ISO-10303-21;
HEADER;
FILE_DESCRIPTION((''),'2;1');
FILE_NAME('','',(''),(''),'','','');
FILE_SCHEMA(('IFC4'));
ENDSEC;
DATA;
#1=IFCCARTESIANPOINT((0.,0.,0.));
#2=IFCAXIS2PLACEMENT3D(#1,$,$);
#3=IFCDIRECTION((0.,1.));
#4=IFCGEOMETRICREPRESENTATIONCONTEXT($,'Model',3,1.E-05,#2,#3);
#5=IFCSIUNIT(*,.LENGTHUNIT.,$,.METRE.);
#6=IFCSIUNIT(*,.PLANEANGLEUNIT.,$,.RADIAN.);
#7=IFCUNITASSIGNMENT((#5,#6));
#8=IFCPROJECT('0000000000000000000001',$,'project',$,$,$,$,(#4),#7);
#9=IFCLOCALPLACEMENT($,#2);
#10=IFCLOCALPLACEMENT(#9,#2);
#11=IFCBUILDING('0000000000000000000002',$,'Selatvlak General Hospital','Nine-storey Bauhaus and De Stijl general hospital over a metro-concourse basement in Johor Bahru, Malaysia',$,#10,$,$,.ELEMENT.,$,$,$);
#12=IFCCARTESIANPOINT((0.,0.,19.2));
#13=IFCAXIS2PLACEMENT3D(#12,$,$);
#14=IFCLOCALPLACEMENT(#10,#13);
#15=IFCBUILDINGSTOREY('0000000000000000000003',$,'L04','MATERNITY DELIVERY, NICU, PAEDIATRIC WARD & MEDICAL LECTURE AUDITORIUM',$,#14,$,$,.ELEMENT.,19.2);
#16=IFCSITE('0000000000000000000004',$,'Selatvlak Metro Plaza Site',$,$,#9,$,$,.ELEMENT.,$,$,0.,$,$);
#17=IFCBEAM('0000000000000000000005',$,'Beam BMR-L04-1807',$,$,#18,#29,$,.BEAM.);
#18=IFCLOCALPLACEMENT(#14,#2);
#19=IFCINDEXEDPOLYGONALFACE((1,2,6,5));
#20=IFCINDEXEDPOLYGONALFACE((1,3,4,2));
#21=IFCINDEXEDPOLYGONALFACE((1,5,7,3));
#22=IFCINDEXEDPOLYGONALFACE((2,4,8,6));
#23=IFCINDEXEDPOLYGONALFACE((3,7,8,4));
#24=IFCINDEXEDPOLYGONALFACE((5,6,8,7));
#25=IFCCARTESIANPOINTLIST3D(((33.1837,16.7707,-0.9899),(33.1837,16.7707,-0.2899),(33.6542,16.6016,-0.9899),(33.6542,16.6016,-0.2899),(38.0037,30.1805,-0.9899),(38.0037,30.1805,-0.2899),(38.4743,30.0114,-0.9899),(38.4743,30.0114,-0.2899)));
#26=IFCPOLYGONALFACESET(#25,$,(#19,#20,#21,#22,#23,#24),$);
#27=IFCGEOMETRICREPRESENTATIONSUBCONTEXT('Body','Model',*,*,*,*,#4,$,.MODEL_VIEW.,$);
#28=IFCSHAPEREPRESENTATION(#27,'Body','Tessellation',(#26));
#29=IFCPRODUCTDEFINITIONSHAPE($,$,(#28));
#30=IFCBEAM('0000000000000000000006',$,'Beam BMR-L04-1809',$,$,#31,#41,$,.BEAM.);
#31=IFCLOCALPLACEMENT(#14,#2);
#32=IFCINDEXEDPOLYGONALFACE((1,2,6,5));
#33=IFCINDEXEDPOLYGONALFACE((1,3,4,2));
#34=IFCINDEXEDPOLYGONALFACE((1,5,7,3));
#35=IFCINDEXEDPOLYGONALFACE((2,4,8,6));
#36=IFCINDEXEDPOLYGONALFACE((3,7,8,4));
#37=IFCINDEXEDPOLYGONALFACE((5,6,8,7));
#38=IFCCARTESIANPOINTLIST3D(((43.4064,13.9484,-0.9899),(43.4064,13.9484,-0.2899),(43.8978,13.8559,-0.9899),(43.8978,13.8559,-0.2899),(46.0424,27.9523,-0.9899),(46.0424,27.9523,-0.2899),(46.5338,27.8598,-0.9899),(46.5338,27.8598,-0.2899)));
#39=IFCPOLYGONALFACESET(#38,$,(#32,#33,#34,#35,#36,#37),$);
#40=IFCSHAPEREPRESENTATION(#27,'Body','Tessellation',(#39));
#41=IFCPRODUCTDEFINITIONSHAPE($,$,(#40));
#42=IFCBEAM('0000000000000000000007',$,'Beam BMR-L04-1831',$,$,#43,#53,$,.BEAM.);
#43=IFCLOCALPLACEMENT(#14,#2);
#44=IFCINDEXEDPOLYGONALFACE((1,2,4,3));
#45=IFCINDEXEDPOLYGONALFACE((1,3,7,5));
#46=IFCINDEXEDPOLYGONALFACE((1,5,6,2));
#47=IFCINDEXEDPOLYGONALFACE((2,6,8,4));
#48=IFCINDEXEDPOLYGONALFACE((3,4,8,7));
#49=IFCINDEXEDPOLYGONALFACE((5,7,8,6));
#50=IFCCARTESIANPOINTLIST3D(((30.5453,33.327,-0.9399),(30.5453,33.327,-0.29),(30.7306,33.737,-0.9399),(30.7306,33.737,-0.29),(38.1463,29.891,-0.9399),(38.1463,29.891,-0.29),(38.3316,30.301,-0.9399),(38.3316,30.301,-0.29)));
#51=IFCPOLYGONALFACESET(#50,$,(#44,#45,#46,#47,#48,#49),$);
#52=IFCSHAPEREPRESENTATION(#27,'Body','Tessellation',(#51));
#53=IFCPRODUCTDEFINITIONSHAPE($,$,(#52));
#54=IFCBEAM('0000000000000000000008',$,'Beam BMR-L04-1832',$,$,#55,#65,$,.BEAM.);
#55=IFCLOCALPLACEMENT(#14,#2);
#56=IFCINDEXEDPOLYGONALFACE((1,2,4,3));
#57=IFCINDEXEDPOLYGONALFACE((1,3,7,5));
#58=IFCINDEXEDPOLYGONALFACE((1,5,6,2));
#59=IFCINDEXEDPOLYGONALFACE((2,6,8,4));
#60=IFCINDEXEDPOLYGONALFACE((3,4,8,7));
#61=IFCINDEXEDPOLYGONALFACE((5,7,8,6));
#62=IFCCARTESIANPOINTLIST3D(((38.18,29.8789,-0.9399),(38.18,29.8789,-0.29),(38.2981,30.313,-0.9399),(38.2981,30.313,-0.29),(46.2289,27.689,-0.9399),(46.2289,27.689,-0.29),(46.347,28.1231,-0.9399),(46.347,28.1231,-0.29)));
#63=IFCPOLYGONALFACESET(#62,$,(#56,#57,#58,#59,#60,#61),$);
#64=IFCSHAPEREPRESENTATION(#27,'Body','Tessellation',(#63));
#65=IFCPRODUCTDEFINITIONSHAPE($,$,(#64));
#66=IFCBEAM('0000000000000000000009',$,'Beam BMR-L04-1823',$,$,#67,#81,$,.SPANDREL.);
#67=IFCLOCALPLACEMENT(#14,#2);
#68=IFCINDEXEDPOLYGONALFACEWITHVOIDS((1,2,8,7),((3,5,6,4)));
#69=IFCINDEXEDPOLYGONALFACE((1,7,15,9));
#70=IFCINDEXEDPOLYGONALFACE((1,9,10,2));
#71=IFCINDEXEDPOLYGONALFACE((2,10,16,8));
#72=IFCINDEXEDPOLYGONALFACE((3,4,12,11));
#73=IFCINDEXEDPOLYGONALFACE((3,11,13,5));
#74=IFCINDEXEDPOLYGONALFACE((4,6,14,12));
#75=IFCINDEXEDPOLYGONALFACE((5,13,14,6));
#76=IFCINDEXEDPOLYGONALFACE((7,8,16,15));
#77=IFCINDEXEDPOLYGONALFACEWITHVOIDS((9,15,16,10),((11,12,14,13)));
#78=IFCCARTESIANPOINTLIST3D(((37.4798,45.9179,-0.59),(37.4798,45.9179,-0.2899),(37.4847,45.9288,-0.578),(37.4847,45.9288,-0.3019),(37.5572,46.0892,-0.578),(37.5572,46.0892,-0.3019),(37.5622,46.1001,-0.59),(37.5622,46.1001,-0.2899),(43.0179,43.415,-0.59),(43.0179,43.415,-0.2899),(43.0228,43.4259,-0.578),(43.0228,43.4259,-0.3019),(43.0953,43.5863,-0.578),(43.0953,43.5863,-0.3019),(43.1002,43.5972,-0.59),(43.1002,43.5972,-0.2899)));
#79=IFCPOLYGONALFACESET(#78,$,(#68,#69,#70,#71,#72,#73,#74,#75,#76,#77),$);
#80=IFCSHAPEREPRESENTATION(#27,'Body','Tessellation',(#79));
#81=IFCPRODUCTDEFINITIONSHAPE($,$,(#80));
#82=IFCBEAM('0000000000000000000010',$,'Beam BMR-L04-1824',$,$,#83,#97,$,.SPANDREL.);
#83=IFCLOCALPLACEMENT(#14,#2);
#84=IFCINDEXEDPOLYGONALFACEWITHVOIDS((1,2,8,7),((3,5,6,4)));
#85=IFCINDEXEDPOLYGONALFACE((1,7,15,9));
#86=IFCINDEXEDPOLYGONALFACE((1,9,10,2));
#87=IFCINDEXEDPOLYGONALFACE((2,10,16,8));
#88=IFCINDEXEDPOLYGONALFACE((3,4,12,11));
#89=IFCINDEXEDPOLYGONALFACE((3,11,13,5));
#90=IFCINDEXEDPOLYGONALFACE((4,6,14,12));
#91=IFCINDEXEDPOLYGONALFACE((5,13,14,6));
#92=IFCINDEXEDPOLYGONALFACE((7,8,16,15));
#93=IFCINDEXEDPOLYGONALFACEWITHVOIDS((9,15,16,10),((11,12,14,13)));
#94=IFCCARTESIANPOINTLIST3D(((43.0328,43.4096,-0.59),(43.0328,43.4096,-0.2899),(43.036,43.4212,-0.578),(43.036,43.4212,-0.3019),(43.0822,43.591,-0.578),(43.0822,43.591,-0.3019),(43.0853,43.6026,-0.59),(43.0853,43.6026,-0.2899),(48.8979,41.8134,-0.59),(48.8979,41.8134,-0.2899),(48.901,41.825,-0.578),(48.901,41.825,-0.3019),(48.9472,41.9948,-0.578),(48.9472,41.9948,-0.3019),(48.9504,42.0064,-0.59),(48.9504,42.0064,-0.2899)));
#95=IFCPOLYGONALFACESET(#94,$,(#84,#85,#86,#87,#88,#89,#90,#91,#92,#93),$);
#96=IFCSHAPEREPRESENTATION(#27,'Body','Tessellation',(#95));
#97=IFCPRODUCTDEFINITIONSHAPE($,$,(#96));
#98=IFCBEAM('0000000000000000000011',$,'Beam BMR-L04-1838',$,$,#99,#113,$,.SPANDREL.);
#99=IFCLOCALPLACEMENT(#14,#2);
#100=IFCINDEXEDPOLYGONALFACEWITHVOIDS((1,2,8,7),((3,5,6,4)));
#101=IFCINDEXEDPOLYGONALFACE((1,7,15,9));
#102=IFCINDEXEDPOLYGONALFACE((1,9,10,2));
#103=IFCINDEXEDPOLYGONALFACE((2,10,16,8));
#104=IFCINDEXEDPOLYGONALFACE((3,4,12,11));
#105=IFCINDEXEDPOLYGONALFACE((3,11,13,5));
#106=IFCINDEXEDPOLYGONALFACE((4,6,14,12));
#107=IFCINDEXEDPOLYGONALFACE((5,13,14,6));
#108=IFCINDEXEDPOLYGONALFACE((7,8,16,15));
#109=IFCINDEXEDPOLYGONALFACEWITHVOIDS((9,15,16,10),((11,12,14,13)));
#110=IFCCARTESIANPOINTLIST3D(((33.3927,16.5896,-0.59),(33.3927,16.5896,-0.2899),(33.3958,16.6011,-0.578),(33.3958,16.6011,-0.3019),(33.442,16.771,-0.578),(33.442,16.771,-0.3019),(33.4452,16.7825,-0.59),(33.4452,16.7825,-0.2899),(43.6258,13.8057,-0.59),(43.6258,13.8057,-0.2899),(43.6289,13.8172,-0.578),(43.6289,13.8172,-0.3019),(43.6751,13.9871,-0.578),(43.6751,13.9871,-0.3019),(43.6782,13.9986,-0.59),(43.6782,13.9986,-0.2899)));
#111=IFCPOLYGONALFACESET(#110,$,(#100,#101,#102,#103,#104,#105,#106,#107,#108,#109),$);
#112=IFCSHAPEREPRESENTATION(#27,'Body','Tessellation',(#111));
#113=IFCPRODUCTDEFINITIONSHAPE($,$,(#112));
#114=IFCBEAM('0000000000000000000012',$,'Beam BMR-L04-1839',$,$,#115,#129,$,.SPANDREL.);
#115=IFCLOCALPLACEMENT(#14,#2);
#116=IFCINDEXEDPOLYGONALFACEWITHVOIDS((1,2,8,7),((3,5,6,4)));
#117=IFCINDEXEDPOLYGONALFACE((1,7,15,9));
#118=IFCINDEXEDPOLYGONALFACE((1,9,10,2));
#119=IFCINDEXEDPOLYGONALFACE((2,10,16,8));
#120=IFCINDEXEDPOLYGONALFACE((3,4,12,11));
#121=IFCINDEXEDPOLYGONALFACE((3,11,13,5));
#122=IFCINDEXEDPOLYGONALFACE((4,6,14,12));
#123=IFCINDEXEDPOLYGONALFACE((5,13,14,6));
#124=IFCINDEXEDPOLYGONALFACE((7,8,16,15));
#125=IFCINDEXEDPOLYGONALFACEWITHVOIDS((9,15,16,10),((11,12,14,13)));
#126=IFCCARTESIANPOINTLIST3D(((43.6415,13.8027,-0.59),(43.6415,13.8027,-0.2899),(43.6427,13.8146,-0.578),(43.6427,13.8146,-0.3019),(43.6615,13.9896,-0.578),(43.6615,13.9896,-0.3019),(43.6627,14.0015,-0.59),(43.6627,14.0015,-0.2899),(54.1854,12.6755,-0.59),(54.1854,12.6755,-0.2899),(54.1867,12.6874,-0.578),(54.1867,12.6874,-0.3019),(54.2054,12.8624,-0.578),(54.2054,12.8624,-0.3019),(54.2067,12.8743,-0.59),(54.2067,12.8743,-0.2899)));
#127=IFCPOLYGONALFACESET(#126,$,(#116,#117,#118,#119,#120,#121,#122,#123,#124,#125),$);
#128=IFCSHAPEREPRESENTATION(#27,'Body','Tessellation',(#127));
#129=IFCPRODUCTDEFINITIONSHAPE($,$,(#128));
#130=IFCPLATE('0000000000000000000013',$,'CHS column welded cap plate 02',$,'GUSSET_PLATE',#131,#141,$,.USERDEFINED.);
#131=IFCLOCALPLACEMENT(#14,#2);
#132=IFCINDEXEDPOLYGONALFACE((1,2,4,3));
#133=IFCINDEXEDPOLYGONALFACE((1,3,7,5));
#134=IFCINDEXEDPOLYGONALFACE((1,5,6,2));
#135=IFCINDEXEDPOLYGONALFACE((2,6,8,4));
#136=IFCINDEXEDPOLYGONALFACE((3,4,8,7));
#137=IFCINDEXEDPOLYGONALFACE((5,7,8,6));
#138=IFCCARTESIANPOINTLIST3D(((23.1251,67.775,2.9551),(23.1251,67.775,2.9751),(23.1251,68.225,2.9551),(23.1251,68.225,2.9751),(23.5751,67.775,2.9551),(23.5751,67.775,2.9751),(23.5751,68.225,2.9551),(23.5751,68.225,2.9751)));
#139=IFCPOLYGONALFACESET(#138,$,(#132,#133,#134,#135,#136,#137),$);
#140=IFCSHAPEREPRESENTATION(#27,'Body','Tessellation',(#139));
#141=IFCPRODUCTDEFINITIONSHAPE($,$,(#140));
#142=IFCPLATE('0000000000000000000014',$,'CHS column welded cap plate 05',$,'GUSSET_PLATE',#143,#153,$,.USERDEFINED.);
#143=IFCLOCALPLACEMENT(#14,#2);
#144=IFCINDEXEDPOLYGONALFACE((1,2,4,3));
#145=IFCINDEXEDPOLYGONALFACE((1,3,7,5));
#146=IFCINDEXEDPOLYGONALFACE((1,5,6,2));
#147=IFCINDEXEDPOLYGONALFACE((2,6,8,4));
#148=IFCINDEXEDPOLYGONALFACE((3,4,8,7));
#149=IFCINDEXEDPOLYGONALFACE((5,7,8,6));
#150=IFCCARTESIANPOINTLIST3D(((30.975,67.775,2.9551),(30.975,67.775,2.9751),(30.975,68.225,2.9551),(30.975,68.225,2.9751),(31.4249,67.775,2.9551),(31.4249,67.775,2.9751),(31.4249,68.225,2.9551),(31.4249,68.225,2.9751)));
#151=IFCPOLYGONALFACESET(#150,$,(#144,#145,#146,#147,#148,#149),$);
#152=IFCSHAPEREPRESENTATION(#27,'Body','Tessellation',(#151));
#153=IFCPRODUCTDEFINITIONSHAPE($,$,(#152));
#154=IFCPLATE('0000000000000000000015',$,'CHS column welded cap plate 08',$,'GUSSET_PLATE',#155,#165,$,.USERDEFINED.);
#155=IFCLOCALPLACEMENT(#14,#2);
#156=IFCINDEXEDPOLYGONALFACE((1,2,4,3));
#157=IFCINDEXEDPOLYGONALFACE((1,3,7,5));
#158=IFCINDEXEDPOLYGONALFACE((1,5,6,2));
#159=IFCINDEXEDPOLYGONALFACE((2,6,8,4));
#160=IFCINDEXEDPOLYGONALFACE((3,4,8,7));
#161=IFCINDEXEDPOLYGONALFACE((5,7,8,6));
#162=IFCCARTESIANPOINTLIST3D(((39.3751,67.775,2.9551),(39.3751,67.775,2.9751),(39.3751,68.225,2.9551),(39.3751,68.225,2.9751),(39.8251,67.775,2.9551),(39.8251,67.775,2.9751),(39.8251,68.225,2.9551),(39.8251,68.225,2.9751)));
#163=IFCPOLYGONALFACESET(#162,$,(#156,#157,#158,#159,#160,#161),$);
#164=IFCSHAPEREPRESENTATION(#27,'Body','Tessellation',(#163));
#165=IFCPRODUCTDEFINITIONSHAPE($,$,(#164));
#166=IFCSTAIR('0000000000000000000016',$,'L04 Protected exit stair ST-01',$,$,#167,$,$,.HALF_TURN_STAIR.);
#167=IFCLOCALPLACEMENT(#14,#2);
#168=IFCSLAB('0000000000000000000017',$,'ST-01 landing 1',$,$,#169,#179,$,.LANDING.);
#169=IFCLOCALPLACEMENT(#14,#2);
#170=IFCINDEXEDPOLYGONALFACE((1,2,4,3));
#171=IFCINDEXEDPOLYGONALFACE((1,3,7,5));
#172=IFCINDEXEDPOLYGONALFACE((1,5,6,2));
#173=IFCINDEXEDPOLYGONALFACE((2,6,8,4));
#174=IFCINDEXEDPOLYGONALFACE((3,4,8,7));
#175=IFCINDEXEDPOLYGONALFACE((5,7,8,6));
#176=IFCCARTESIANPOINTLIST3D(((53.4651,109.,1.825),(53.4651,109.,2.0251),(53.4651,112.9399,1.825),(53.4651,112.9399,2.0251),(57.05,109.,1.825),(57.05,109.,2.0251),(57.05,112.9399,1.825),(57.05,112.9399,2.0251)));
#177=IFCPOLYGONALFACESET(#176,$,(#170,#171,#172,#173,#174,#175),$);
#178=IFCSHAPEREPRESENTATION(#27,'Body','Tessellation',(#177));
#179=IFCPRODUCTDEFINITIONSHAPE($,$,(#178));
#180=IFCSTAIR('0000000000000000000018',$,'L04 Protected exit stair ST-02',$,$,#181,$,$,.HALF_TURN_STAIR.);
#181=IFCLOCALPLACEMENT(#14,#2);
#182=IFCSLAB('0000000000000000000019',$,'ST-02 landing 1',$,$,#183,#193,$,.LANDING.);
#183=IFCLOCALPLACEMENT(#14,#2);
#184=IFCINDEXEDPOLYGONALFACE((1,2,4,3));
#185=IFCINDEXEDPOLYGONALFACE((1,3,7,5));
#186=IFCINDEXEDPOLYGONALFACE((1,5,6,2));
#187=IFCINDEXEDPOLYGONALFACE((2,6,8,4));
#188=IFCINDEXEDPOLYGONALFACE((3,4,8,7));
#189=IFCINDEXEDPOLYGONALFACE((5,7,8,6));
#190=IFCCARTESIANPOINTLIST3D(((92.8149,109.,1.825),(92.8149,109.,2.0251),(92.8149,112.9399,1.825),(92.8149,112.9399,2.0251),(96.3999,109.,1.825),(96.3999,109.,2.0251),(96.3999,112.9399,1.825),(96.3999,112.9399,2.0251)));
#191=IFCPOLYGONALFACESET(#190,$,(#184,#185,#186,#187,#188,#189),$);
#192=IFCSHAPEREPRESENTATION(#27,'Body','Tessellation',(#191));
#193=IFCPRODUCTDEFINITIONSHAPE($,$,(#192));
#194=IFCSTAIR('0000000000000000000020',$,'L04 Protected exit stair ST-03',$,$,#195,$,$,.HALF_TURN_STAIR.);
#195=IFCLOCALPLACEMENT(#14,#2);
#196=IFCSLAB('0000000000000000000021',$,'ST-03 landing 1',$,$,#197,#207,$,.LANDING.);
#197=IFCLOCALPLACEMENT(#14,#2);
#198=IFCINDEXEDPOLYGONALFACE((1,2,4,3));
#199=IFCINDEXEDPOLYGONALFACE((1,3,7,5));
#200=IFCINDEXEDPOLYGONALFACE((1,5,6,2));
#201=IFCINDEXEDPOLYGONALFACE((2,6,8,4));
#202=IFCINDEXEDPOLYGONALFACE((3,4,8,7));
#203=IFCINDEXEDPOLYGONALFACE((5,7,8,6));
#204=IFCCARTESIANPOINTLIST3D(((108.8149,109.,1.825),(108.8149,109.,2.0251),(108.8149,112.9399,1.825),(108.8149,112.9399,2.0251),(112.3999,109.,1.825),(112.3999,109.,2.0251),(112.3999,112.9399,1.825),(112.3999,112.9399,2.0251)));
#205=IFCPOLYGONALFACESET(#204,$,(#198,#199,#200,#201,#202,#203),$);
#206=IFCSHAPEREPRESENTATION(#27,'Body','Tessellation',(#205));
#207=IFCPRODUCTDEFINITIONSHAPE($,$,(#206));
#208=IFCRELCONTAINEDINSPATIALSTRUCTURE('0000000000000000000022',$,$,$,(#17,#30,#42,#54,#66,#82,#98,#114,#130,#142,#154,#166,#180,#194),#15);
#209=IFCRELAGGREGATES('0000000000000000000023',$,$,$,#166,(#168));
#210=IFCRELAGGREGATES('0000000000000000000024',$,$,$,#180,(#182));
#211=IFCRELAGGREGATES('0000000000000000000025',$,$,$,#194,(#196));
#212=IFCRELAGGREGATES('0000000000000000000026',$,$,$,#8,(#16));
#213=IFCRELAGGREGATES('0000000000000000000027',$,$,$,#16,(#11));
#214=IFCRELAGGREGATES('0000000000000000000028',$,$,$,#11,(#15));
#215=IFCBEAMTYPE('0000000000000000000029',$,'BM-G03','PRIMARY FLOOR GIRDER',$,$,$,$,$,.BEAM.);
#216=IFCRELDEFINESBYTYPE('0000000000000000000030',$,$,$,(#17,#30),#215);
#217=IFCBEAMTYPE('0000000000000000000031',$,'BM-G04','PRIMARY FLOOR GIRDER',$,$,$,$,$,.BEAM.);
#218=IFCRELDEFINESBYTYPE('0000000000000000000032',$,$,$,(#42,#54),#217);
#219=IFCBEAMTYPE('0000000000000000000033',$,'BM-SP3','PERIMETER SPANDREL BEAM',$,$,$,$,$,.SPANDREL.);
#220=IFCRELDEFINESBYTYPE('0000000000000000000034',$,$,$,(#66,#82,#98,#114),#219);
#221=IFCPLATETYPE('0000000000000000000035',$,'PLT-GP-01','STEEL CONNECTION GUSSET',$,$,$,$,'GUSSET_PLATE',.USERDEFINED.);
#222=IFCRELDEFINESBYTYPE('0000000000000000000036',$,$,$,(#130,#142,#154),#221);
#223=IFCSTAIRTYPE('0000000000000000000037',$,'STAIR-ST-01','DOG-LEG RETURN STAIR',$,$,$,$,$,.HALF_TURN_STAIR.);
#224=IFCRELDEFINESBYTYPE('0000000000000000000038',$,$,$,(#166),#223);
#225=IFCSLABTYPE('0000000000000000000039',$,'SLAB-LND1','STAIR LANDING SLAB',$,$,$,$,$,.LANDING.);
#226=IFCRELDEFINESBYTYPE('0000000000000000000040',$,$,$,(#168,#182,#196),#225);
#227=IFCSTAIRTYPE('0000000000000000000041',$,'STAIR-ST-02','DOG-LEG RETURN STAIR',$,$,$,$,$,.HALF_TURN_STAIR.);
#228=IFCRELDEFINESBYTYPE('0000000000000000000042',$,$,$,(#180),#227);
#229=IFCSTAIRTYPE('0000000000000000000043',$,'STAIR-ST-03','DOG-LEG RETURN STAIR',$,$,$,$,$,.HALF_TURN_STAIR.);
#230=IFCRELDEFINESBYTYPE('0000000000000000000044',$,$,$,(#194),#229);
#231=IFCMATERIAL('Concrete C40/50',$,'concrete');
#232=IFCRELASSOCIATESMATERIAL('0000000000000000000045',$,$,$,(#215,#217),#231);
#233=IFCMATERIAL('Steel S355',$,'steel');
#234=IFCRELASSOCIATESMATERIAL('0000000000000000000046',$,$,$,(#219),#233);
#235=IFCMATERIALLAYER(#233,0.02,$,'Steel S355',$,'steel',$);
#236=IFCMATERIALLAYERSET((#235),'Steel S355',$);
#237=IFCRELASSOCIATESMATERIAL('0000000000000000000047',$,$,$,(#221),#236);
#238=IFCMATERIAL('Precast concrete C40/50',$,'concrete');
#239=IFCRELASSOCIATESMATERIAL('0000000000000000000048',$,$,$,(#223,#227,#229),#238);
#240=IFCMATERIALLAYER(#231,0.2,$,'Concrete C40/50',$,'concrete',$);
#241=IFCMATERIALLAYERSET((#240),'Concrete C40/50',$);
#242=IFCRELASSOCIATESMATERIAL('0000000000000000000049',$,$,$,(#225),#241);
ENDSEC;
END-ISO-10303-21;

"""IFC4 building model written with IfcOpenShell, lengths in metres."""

from ifc_helpers import new_model, si_unit, direction, frame, origin, origin_2d, place, context, subcontext, project, spatial, polyline, rectangle, hollow_rectangle, outline, extrude, material, layer, layer_set, material_profile, profile_set, type_object, element, aggregate, save


model = new_model("IFC4")

# Units and contexts
model_context = context("Model", 3, precision=1e-05, world=origin(), true_north=direction((0.0, 1.0)))
body_context = subcontext(model_context, "Body", "Model", "MODEL_VIEW")
ifc_project = project(units=[si_unit("LENGTHUNIT", "METRE"), si_unit("PLANEANGLEUNIT", "RADIAN")], contexts=[model_context])

# Site, building, storey
site_placement = place(None, origin())
site = spatial("IfcSite", under=ifc_project, at=site_placement, Name="Selatvlak Metro Plaza Site", CompositionType="ELEMENT", RefElevation=0.0)
building_placement = place(site_placement, origin())
building = spatial("IfcBuilding", under=site, at=building_placement, Name="Selatvlak General Hospital", Description="Nine-storey Bauhaus and De Stijl general hospital over a metro-concourse basement in Johor Bahru, Malaysia", CompositionType="ELEMENT")
storey_placement = place(building_placement, frame((0.0, 0.0, 19.2)))
storey = spatial("IfcBuildingStorey", under=building, at=storey_placement, Name="L04", Description="MATERNITY DELIVERY, NICU, PAEDIATRIC WARD & MEDICAL LECTURE AUDITORIUM", CompositionType="ELEMENT", Elevation=19.2)

# Shared definitions
ifc_material_1 = material(Name="Steel S355", Category="steel")

# Beams
ifc_material_2 = material(Name="Concrete C40/50", Category="concrete")
ifc_material_profile_1 = material_profile(ifc_material_2, rectangle(XDim=0.5, YDim=0.7, at=origin_2d()), Name="RC-BM 500x700")
ifc_profile_set_1 = profile_set([ifc_material_profile_1], Name="Concrete C40/50")
beam_type_1 = type_object("IfcBeamType", Name="BM-G03", Description="PRIMARY FLOOR GIRDER", PredefinedType="BEAM", material=ifc_profile_set_1)
for number, where, z_axis, x_axis, name in (
    (1, (38.239, 30.0959, -0.6399), (-0.338253, -0.941055, 0.0), (0.941055, -0.338253, 0.0), "Beam BMR-L04-1807"),
    (2, (46.2881, 27.906, -0.6399), (-0.184984, -0.982742, 0.0), (0.982742, -0.184984, 0.0), "Beam BMR-L04-1809"),
):
    element("IfcBeam", number, at=place(storey_placement, frame(where, z_axis=z_axis, x_axis=x_axis)), inside=storey, type_object=beam_type_1, Name=name, PredefinedType="BEAM", context=body_context, shape_type="SweptSolid", body=[
        extrude(rectangle(XDim=0.5, YDim=0.7, at=origin_2d()), origin(), (0.0, 0.0, 1.0), 14.2498),
    ])
ifc_material_profile_2 = material_profile(ifc_material_2, rectangle(XDim=0.45, YDim=0.6499, at=origin_2d()), Name="RC-BM 450x650")
ifc_profile_set_2 = profile_set([ifc_material_profile_2], Name="Concrete C40/50")
beam_type_2 = type_object("IfcBeamType", Name="BM-G04", Description="PRIMARY FLOOR GIRDER", PredefinedType="BEAM", material=ifc_profile_set_2)
for number, where, z_axis, x_axis, name in (
    (3, (30.6379, 33.532, -0.615), (0.911223, -0.411914, 0.0), (0.411914, 0.911223, 0.0), "Beam BMR-L04-1831"),
    (4, (38.239, 30.0959, -0.615), (0.964924, -0.26253, 0.0), (0.26253, 0.964924, 0.0), "Beam BMR-L04-1832"),
):
    element("IfcBeam", number, at=place(storey_placement, frame(where, z_axis=z_axis, x_axis=x_axis)), inside=storey, type_object=beam_type_2, Name=name, PredefinedType="BEAM", context=body_context, shape_type="SweptSolid", body=[
        extrude(rectangle(XDim=0.45, YDim=0.6499, at=origin_2d()), origin(), (0.0, 0.0, 1.0), 8.3416),
    ])
ifc_material_profile_3 = material_profile(ifc_material_1, hollow_rectangle(XDim=0.2, YDim=0.3, WallThickness=0.012, at=origin_2d()), Name="RHS 300x200x12")
ifc_profile_set_3 = profile_set([ifc_material_profile_3], Name="Steel S355")
beam_type_3 = type_object("IfcBeamType", Name="BM-SP3", Description="PERIMETER SPANDREL BEAM", PredefinedType="SPANDREL", material=ifc_profile_set_3)
beam_1_placement = place(storey_placement, frame((37.521, 46.009, -0.4399), z_axis=(0.911256, -0.411841, 0.0), x_axis=(0.411841, 0.911256, 0.0)))
element("IfcBeam", 5, at=beam_1_placement, inside=storey, type_object=beam_type_3, Name="Beam BMR-L04-1823", PredefinedType="SPANDREL", context=body_context, shape_type="SweptSolid", body=[
    extrude(hollow_rectangle(XDim=0.2, YDim=0.3, WallThickness=0.012, at=origin_2d()), origin(), (0.0, 0.0, 1.0), 6.0774),
])
beam_2_placement = place(storey_placement, frame((43.0591, 43.5061, -0.4399), z_axis=(0.964904, -0.262604, 0.0), x_axis=(0.262604, 0.964904, 0.0)))
element("IfcBeam", 6, at=beam_2_placement, inside=storey, type_object=beam_type_3, Name="Beam BMR-L04-1824", PredefinedType="SPANDREL", context=body_context, shape_type="SweptSolid", body=[
    extrude(hollow_rectangle(XDim=0.2, YDim=0.3, WallThickness=0.012, at=origin_2d()), origin(), (0.0, 0.0, 1.0), 6.0784),
])
beam_3_placement = place(storey_placement, frame((33.4189, 16.686, -0.4399), z_axis=(0.964929, -0.26251, 0.0), x_axis=(0.26251, 0.964929, 0.0)))
element("IfcBeam", 7, at=beam_3_placement, inside=storey, type_object=beam_type_3, Name="Beam BMR-L04-1838", PredefinedType="SPANDREL", context=body_context, shape_type="SweptSolid", body=[
    extrude(hollow_rectangle(XDim=0.2, YDim=0.3, WallThickness=0.012, at=origin_2d()), origin(), (0.0, 0.0, 1.0), 10.605),
])
beam_4_placement = place(storey_placement, frame((43.6521, 13.9021, -0.4399), z_axis=(0.994334, -0.106299, 0.0), x_axis=(0.106299, 0.994334, 0.0)))
element("IfcBeam", 8, at=beam_4_placement, inside=storey, type_object=beam_type_3, Name="Beam BMR-L04-1839", PredefinedType="SPANDREL", context=body_context, shape_type="SweptSolid", body=[
    extrude(hollow_rectangle(XDim=0.2, YDim=0.3, WallThickness=0.012, at=origin_2d()), origin(), (0.0, 0.0, 1.0), 10.604),
])

# Plates
ifc_layer_1 = layer(ifc_material_1, 0.02, Name="Steel S355", Category="steel")
ifc_layer_set_1 = layer_set([ifc_layer_1], Name="Steel S355")
plate_type = type_object("IfcPlateType", Name="PLT-GP-01", Description="STEEL CONNECTION GUSSET", ElementType="GUSSET_PLATE", PredefinedType="USERDEFINED", material=ifc_layer_set_1)
for number, where, z_axis, x_axis, name in (
    (9, (23.3501, 68.0, 2.9551), (0.0, 0.0, 1.0), (1.0, 0.0, 0.0), "CHS column welded cap plate 02"),
    (10, (31.2, 68.0, 2.9551), (0.0, 0.0, 1.0), (1.0, 0.0, 0.0), "CHS column welded cap plate 05"),
    (11, (39.6001, 68.0, 2.9551), (0.0, 0.0, 1.0), (1.0, 0.0, 0.0), "CHS column welded cap plate 08"),
):
    element("IfcPlate", number, at=place(storey_placement, frame(where, z_axis=z_axis, x_axis=x_axis)), inside=storey, type_object=plate_type, Name=name, ObjectType="GUSSET_PLATE", PredefinedType="USERDEFINED", context=body_context, shape_type="SweptSolid", body=[
        extrude(rectangle(XDim=0.45, YDim=0.45, at=origin_2d()), origin(), (0.0, 0.0, 1.0), 0.02),
    ])

# Stairs, slabs
ifc_material_3 = material(Name="Precast concrete C40/50", Category="concrete")
stair_type_1 = type_object("IfcStairType", Name="STAIR-ST-01", Description="DOG-LEG RETURN STAIR", PredefinedType="HALF_TURN_STAIR", material=ifc_material_3)
stair_1_placement = place(storey_placement, origin())
stair_1 = element("IfcStair", 12, at=stair_1_placement, inside=storey, type_object=stair_type_1, Name="L04 Protected exit stair ST-01", PredefinedType="HALF_TURN_STAIR")
ifc_layer_2 = layer(ifc_material_2, 0.2, Name="Concrete C40/50", Category="concrete")
ifc_layer_set_2 = layer_set([ifc_layer_2], Name="Concrete C40/50")
slab_type_1 = type_object("IfcSlabType", Name="SLAB-LND1", Description="STAIR LANDING SLAB", PredefinedType="LANDING", material=ifc_layer_set_2)
slab_1_placement = place(storey_placement, frame((0.0, 0.0, 1.825)))
slab_1 = element("IfcSlab", 13, at=slab_1_placement, type_object=slab_type_1, Name="ST-01 landing 1", PredefinedType="LANDING", context=body_context, shape_type="SweptSolid", body=[
    extrude(outline(polyline([(53.4651, 109.0), (57.05, 109.0), (57.05, 112.9399), (53.4651, 112.9399), (53.4651, 109.0)])), origin(), (0.0, 0.0, 1.0), 0.2002),
])
aggregate(stair_1, [slab_1])
stair_type_2 = type_object("IfcStairType", Name="STAIR-ST-02", Description="DOG-LEG RETURN STAIR", PredefinedType="HALF_TURN_STAIR", material=ifc_material_3)
stair_2_placement = place(storey_placement, origin())
stair_2 = element("IfcStair", 14, at=stair_2_placement, inside=storey, type_object=stair_type_2, Name="L04 Protected exit stair ST-02", PredefinedType="HALF_TURN_STAIR")
slab_2_placement = place(storey_placement, frame((0.0, 0.0, 1.825)))
slab_2 = element("IfcSlab", 15, at=slab_2_placement, type_object=slab_type_1, Name="ST-02 landing 1", PredefinedType="LANDING", context=body_context, shape_type="SweptSolid", body=[
    extrude(outline(polyline([(92.8149, 109.0), (96.3999, 109.0), (96.3999, 112.9399), (92.8149, 112.9399), (92.8149, 109.0)])), origin(), (0.0, 0.0, 1.0), 0.2002),
])
aggregate(stair_2, [slab_2])
stair_type_3 = type_object("IfcStairType", Name="STAIR-ST-03", Description="DOG-LEG RETURN STAIR", PredefinedType="HALF_TURN_STAIR", material=ifc_material_3)
stair_3_placement = place(storey_placement, origin())
stair_3 = element("IfcStair", 16, at=stair_3_placement, inside=storey, type_object=stair_type_3, Name="L04 Protected exit stair ST-03", PredefinedType="HALF_TURN_STAIR")
slab_3_placement = place(storey_placement, frame((0.0, 0.0, 1.825)))
slab_3 = element("IfcSlab", 17, at=slab_3_placement, type_object=slab_type_1, Name="ST-03 landing 1", PredefinedType="LANDING", context=body_context, shape_type="SweptSolid", body=[
    extrude(outline(polyline([(108.8149, 109.0), (112.3999, 109.0), (112.3999, 112.9399), (108.8149, 112.9399), (108.8149, 109.0)])), origin(), (0.0, 0.0, 1.0), 0.2002),
])
aggregate(stair_3, [slab_3])

save(model, "model.ifc")
